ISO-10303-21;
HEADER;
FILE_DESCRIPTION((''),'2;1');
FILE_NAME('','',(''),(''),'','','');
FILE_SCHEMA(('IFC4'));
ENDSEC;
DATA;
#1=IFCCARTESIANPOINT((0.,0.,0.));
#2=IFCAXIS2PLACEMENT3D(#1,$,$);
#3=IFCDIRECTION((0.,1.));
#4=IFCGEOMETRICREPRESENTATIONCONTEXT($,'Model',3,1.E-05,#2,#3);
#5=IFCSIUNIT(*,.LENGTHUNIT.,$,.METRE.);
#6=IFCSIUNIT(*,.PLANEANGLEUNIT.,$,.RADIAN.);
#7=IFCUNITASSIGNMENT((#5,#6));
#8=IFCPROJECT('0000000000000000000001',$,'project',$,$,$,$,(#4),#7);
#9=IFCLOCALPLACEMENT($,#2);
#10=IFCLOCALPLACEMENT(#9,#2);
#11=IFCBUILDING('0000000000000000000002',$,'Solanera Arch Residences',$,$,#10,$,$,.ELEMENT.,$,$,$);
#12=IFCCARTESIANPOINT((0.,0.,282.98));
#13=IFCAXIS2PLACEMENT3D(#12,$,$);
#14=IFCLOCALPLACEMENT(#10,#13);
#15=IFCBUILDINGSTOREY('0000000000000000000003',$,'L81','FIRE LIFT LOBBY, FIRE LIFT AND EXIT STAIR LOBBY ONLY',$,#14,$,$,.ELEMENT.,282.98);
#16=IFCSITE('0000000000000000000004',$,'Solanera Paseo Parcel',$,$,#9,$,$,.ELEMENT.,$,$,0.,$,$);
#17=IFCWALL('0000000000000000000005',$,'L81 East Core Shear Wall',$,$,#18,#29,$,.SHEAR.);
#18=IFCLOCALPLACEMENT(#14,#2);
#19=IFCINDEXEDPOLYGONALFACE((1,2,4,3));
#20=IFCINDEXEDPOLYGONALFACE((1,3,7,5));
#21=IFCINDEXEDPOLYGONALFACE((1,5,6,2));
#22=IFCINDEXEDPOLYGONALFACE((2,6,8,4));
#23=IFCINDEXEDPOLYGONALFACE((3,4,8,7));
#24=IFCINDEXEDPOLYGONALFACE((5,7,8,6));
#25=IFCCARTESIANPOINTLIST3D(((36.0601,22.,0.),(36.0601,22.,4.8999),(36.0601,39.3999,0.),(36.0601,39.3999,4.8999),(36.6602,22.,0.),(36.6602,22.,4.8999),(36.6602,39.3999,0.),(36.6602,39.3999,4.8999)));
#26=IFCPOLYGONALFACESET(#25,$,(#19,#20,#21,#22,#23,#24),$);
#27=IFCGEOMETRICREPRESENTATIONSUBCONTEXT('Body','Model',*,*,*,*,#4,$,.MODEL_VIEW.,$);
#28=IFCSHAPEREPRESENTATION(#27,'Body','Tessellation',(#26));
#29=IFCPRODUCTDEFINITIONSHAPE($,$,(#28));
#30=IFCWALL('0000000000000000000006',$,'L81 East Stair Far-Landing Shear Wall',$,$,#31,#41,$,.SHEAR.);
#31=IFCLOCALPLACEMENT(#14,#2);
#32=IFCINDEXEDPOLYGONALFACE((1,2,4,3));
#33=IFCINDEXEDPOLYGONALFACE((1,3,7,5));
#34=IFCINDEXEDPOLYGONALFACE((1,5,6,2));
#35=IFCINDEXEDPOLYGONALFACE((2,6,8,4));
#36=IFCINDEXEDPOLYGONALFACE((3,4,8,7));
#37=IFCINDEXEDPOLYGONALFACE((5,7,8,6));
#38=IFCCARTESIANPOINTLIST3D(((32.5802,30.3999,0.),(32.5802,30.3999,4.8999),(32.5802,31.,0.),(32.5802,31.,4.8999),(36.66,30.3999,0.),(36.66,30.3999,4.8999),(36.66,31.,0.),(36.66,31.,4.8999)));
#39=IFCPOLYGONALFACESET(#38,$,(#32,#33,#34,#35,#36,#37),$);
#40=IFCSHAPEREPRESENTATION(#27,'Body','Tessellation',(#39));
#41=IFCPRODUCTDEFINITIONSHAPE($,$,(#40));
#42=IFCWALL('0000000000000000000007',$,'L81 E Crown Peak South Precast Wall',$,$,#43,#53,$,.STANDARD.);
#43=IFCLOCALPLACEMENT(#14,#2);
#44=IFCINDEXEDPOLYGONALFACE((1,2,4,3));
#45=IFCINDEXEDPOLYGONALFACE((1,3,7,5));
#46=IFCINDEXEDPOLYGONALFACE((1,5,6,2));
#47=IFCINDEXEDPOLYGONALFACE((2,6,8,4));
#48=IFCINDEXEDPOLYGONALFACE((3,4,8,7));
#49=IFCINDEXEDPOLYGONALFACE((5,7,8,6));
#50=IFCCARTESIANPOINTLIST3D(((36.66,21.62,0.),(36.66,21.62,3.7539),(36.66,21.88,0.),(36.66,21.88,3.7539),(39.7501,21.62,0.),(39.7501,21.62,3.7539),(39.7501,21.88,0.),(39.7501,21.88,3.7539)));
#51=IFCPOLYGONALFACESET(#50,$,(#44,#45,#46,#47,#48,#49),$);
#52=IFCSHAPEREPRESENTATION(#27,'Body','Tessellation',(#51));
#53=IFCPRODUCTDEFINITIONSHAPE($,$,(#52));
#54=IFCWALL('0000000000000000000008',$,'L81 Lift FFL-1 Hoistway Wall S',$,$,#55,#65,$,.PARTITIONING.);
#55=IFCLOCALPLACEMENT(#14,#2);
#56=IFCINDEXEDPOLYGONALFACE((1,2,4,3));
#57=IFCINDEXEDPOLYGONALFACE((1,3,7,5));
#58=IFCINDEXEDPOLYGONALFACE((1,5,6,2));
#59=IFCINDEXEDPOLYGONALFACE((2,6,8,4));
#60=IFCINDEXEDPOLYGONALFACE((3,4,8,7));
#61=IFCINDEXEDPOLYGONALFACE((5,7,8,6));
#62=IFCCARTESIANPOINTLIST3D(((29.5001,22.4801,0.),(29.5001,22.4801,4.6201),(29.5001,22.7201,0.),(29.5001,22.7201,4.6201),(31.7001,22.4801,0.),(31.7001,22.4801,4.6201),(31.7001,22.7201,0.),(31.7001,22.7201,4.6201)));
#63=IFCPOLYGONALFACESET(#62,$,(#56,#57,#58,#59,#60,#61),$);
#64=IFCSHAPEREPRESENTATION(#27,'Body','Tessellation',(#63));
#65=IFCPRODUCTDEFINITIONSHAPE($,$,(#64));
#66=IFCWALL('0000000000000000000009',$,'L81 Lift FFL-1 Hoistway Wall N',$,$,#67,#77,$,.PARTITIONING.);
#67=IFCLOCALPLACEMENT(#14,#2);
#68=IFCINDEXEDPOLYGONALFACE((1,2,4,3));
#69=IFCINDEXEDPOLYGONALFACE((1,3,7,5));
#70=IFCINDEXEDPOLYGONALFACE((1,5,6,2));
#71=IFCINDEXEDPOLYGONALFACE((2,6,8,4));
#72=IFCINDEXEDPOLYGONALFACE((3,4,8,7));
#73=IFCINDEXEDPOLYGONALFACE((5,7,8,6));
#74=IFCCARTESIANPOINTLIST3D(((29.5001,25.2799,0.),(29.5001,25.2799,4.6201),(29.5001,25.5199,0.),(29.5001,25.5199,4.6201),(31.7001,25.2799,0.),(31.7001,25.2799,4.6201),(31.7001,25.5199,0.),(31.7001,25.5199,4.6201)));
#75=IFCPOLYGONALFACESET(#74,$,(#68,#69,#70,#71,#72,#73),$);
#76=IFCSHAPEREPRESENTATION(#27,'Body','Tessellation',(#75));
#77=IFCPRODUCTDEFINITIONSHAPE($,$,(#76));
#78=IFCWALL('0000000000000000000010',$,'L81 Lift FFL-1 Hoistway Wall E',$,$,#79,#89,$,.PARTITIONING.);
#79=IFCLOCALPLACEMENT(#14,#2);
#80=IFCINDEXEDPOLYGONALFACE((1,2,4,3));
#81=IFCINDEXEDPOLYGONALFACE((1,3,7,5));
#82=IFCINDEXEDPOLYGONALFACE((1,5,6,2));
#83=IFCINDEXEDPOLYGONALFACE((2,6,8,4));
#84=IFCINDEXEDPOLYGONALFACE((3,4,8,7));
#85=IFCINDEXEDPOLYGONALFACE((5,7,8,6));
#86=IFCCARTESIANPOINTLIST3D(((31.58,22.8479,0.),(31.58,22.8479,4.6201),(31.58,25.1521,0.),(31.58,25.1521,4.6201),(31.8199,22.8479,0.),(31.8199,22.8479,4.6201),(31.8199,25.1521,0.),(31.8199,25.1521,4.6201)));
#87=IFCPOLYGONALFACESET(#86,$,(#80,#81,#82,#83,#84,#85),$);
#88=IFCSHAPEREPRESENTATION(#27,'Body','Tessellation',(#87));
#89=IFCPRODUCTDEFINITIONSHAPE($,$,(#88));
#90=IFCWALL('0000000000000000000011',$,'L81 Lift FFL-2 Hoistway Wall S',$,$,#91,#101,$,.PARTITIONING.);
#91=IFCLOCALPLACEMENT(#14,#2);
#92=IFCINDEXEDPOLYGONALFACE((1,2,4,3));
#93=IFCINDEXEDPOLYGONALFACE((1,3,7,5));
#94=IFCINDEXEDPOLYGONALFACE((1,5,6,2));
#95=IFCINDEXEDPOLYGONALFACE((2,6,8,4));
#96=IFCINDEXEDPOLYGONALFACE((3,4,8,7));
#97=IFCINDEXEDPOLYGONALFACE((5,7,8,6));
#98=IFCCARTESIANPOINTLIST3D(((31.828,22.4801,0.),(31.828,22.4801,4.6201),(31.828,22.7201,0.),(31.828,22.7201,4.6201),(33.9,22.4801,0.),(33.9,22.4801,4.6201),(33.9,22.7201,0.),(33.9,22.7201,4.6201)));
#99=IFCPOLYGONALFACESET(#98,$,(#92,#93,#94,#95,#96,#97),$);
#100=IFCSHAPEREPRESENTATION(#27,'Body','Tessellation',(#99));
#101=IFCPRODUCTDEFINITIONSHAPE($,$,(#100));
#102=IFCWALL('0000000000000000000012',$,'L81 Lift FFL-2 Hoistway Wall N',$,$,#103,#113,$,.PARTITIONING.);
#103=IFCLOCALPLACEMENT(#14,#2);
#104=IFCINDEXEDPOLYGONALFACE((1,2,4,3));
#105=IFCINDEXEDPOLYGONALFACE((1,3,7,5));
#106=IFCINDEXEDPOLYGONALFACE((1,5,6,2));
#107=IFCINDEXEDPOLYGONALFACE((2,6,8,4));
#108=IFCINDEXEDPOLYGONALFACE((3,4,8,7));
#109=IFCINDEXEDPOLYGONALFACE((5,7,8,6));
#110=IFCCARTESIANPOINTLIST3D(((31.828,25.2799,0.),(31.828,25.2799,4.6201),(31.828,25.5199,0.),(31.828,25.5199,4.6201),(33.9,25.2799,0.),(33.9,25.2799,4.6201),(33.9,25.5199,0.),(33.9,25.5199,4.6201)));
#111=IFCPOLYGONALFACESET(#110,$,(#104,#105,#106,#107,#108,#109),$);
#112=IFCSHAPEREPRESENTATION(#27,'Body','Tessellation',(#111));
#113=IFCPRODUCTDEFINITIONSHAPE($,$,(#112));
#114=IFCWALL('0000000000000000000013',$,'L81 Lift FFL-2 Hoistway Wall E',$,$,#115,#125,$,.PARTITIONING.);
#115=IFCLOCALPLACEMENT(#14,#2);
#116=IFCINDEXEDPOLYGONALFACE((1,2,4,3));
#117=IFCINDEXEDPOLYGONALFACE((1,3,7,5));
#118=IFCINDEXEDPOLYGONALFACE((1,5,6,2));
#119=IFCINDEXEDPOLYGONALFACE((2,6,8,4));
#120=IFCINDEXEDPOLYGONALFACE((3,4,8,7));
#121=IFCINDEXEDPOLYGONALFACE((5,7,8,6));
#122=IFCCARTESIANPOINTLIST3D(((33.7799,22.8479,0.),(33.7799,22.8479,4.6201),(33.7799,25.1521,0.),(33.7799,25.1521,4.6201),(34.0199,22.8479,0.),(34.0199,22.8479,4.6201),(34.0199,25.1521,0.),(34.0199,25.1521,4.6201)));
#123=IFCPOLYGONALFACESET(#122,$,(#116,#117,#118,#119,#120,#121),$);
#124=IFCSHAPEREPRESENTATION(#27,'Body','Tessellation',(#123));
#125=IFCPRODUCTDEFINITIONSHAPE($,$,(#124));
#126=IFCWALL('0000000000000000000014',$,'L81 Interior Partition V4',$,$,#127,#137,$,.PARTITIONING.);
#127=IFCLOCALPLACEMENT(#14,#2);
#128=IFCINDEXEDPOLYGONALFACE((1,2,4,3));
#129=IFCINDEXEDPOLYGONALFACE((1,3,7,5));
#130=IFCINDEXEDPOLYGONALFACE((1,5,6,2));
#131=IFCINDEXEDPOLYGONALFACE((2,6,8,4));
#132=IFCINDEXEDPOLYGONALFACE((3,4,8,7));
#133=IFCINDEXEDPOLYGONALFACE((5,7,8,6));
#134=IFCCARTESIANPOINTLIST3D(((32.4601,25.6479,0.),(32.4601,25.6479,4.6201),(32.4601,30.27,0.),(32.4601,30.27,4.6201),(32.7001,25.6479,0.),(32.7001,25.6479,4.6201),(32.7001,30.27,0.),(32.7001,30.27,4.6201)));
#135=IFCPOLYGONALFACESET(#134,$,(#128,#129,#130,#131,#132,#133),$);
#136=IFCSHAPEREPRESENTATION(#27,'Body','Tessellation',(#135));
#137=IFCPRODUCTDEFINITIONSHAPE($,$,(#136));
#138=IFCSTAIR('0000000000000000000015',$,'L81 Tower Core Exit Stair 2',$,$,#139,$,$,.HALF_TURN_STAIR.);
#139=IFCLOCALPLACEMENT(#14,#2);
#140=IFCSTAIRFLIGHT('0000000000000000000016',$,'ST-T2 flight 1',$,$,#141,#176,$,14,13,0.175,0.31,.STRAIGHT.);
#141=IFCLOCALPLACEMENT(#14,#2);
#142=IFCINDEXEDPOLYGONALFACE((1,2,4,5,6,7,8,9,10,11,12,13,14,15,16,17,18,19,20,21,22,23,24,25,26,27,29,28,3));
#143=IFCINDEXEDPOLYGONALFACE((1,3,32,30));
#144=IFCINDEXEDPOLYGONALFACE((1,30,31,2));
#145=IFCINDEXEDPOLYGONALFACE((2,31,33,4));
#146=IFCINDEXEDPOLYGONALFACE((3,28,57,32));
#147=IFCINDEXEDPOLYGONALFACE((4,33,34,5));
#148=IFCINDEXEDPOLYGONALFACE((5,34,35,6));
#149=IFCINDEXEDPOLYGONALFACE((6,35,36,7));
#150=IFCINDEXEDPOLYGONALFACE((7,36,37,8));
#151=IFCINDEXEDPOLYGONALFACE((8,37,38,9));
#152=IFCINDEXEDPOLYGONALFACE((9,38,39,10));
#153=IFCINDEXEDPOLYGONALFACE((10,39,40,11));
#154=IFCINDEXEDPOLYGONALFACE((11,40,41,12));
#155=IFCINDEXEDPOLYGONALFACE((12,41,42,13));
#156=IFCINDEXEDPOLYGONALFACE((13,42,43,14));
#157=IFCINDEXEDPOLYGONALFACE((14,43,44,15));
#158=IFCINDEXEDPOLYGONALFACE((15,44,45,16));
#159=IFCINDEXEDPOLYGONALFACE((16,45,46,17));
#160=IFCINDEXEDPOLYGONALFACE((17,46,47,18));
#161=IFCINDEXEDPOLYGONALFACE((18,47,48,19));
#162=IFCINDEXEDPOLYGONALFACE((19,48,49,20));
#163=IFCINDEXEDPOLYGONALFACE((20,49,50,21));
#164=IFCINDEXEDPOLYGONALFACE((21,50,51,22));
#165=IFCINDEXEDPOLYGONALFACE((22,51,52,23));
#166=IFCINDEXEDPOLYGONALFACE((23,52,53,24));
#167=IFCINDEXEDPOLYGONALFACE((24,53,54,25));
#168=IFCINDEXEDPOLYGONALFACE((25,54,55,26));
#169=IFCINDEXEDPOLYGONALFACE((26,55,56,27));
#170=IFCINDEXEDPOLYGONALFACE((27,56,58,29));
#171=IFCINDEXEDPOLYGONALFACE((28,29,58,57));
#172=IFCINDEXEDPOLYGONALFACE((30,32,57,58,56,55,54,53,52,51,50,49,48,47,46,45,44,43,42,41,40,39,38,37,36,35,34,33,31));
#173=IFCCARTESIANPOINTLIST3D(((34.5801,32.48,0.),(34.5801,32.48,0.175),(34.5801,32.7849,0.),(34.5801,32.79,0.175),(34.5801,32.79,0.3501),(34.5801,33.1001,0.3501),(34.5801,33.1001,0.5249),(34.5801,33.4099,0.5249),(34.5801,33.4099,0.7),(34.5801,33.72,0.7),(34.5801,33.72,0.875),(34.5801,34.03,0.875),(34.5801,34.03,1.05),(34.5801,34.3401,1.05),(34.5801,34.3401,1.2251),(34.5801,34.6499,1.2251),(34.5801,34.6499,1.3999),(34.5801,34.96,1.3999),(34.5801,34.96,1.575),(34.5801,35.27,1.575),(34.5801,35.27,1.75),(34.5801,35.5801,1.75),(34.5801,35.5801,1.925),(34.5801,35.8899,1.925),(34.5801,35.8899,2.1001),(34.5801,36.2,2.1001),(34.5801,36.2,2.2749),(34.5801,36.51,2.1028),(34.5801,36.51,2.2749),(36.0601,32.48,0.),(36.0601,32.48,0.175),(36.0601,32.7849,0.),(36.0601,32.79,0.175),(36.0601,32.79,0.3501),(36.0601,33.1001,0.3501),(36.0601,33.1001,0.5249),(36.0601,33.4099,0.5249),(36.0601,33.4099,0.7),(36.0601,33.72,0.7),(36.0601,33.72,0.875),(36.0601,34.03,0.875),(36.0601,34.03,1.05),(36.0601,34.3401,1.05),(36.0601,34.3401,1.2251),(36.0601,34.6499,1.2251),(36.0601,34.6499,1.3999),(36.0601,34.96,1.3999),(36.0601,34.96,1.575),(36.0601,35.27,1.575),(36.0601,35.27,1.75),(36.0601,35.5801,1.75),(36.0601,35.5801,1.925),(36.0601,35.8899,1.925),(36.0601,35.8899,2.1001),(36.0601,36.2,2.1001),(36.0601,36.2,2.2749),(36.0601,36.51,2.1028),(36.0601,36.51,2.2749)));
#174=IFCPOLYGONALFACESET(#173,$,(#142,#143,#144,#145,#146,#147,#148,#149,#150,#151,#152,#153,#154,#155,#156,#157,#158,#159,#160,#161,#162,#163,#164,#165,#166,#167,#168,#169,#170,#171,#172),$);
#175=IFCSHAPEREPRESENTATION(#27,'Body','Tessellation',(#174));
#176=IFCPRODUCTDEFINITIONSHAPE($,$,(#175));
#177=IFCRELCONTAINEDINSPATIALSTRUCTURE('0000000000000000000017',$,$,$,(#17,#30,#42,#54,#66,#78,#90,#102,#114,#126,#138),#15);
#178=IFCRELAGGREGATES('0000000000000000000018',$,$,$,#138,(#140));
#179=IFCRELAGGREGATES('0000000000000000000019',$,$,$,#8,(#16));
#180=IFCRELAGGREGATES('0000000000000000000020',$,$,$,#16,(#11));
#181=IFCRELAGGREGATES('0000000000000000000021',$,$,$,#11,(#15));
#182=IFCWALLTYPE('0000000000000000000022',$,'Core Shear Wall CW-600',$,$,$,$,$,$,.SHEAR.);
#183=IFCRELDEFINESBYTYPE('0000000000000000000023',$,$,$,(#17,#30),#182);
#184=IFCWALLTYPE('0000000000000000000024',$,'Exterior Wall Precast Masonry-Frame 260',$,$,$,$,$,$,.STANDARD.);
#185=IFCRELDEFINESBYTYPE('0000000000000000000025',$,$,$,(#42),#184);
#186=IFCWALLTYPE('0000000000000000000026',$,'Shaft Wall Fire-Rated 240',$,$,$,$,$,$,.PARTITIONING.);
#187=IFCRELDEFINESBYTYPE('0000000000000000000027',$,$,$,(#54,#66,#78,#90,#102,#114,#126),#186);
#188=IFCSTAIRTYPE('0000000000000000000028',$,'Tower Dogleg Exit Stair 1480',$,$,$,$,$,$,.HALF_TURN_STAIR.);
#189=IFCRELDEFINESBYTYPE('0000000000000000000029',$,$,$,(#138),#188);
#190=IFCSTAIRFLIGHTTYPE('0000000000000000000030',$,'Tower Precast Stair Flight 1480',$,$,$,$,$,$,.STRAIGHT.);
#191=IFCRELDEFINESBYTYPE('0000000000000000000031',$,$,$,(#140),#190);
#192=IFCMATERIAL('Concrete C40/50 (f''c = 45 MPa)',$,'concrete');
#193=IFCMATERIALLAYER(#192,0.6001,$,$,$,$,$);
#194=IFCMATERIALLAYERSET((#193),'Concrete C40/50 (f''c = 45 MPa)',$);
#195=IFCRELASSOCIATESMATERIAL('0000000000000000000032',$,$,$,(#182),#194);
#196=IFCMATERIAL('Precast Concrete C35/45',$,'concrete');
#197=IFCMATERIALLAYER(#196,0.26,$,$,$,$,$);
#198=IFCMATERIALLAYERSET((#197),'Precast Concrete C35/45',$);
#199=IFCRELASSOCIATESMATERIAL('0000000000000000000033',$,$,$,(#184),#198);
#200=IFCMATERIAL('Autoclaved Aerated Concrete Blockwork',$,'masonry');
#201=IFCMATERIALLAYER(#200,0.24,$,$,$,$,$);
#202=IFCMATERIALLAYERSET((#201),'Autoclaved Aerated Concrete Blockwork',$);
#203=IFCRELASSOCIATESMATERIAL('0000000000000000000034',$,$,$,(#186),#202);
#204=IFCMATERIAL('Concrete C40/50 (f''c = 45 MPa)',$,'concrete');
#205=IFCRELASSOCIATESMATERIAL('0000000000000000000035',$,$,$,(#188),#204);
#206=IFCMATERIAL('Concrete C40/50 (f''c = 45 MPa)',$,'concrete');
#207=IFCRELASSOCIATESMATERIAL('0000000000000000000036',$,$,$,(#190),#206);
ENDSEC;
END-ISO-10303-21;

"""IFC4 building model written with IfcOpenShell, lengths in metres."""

from ifc_helpers import new_model, si_unit, direction, frame, frame_2d, origin, place, context, subcontext, project, spatial, polyline, rectangle, outline, extrude, material, layer, layer_set, type_object, element, aggregate, save


model = new_model("IFC4")

# Units and contexts
model_context = context("Model", 3, precision=1e-05, world=origin(), true_north=direction((0.0, 1.0)))
body_context = subcontext(model_context, "Body", "Model", "MODEL_VIEW")
ifc_project = project(units=[si_unit("LENGTHUNIT", "METRE"), si_unit("PLANEANGLEUNIT", "RADIAN")], contexts=[model_context])

# Site, building, storey
site_placement = place(None, origin())
site = spatial("IfcSite", under=ifc_project, at=site_placement, Name="Solanera Paseo Parcel", CompositionType="ELEMENT", RefElevation=0.0)
building_placement = place(site_placement, origin())
building = spatial("IfcBuilding", under=site, at=building_placement, Name="Solanera Arch Residences", CompositionType="ELEMENT")
storey_placement = place(building_placement, frame((0.0, 0.0, 282.98)))
storey = spatial("IfcBuildingStorey", under=building, at=storey_placement, Name="L81", Description="FIRE LIFT LOBBY, FIRE LIFT AND EXIT STAIR LOBBY ONLY", CompositionType="ELEMENT", Elevation=282.98)

# Walls
ifc_material_1 = material(Name="Concrete C40/50 (f'c = 45 MPa)", Category="concrete")
ifc_layer_1 = layer(ifc_material_1, 0.6001)
ifc_layer_set_1 = layer_set([ifc_layer_1], Name="Concrete C40/50 (f'c = 45 MPa)")
wall_type_1 = type_object("IfcWallType", Name="Core Shear Wall CW-600", PredefinedType="SHEAR", material=ifc_layer_set_1)
wall_1_placement = place(storey_placement, frame((36.3601, 22.0, 0.0), z_axis=(0.0, 0.0, 1.0), x_axis=(0.0, 1.0, 0.0)))
element("IfcWall", 1, at=wall_1_placement, inside=storey, type_object=wall_type_1, Name="L81 East Core Shear Wall", PredefinedType="SHEAR", context=body_context, shape_type="SweptSolid", body=[
    extrude(rectangle(XDim=17.3999, YDim=0.6001, at=frame_2d((8.7, 0.0))), origin(), (0.0, 0.0, 1.0), 4.8999),
])
wall_2_placement = place(storey_placement, frame((32.5801, 30.7, 0.0), z_axis=(0.0, 0.0, 1.0), x_axis=(1.0, 0.0, 0.0)))
element("IfcWall", 2, at=wall_2_placement, inside=storey, type_object=wall_type_1, Name="L81 East Stair Far-Landing Shear Wall", PredefinedType="SHEAR", context=body_context, shape_type="SweptSolid", body=[
    extrude(rectangle(XDim=4.0798, YDim=0.6001, at=frame_2d((2.04, 0.0))), origin(), (0.0, 0.0, 1.0), 4.8999),
])
ifc_material_2 = material(Name="Precast Concrete C35/45", Category="concrete")
ifc_layer_2 = layer(ifc_material_2, 0.26)
ifc_layer_set_2 = layer_set([ifc_layer_2], Name="Precast Concrete C35/45")
wall_type_2 = type_object("IfcWallType", Name="Exterior Wall Precast Masonry-Frame 260", PredefinedType="STANDARD", material=ifc_layer_set_2)
wall_3_placement = place(storey_placement, frame((39.75, 21.75, 0.0), z_axis=(0.0, 0.0, 1.0), x_axis=(-1.0, 0.0, 0.0)))
element("IfcWall", 3, at=wall_3_placement, inside=storey, type_object=wall_type_2, Name="L81 E Crown Peak South Precast Wall", PredefinedType="STANDARD", context=body_context, shape_type="SweptSolid", body=[
    extrude(rectangle(XDim=3.0901, YDim=0.26, at=frame_2d((1.5449, 0.0))), origin(), (0.0, 0.0, 1.0), 3.7539),
])
ifc_material_3 = material(Name="Autoclaved Aerated Concrete Blockwork", Category="masonry")
ifc_layer_3 = layer(ifc_material_3, 0.24)
ifc_layer_set_3 = layer_set([ifc_layer_3], Name="Autoclaved Aerated Concrete Blockwork")
wall_type_3 = type_object("IfcWallType", Name="Shaft Wall Fire-Rated 240", PredefinedType="PARTITIONING", material=ifc_layer_set_3)
for number, where, z_axis, x_axis, name in (
    (4, (29.5, 22.6001, 0.0), (0.0, 0.0, 1.0), (1.0, 0.0, 0.0), "L81 Lift FFL-1 Hoistway Wall S"),
    (5, (29.5, 25.3999, 0.0), (0.0, 0.0, 1.0), (1.0, 0.0, 0.0), "L81 Lift FFL-1 Hoistway Wall N"),
):
    element("IfcWall", number, at=place(storey_placement, frame(where, z_axis=z_axis, x_axis=x_axis)), inside=storey, type_object=wall_type_3, Name=name, PredefinedType="PARTITIONING", context=body_context, shape_type="SweptSolid", body=[
        extrude(rectangle(XDim=2.2, YDim=0.24, at=frame_2d((1.1001, 0.0))), origin(), (0.0, 0.0, 1.0), 4.6201),
    ])
wall_4_placement = place(storey_placement, frame((31.7, 22.8479, 0.0), z_axis=(0.0, 0.0, 1.0), x_axis=(0.0, 1.0, 0.0)))
element("IfcWall", 6, at=wall_4_placement, inside=storey, type_object=wall_type_3, Name="L81 Lift FFL-1 Hoistway Wall E", PredefinedType="PARTITIONING", context=body_context, shape_type="SweptSolid", body=[
    extrude(rectangle(XDim=2.3042, YDim=0.24, at=frame_2d((1.1521, 0.0))), origin(), (0.0, 0.0, 1.0), 4.6201),
])
for number, where, z_axis, x_axis, name in (
    (7, (31.8279, 22.6001, 0.0), (0.0, 0.0, 1.0), (1.0, 0.0, 0.0), "L81 Lift FFL-2 Hoistway Wall S"),
    (8, (31.8279, 25.3999, 0.0), (0.0, 0.0, 1.0), (1.0, 0.0, 0.0), "L81 Lift FFL-2 Hoistway Wall N"),
):
    element("IfcWall", number, at=place(storey_placement, frame(where, z_axis=z_axis, x_axis=x_axis)), inside=storey, type_object=wall_type_3, Name=name, PredefinedType="PARTITIONING", context=body_context, shape_type="SweptSolid", body=[
        extrude(rectangle(XDim=2.072, YDim=0.24, at=frame_2d((1.0361, 0.0))), origin(), (0.0, 0.0, 1.0), 4.6201),
    ])
wall_5_placement = place(storey_placement, frame((33.8999, 22.8479, 0.0), z_axis=(0.0, 0.0, 1.0), x_axis=(0.0, 1.0, 0.0)))
element("IfcWall", 9, at=wall_5_placement, inside=storey, type_object=wall_type_3, Name="L81 Lift FFL-2 Hoistway Wall E", PredefinedType="PARTITIONING", context=body_context, shape_type="SweptSolid", body=[
    extrude(rectangle(XDim=2.3042, YDim=0.24, at=frame_2d((1.1521, 0.0))), origin(), (0.0, 0.0, 1.0), 4.6201),
])
wall_6_placement = place(storey_placement, frame((32.5801, 25.6479, 0.0), z_axis=(0.0, 0.0, 1.0), x_axis=(0.0, 1.0, 0.0)))
element("IfcWall", 10, at=wall_6_placement, inside=storey, type_object=wall_type_3, Name="L81 Interior Partition V4", PredefinedType="PARTITIONING", context=body_context, shape_type="SweptSolid", body=[
    extrude(rectangle(XDim=4.6221, YDim=0.24, at=frame_2d((2.311, 0.0))), origin(), (0.0, 0.0, 1.0), 4.6201),
])

# Stair, stair flight
ifc_material_4 = material(Name="Concrete C40/50 (f'c = 45 MPa)", Category="concrete")
stair_type = type_object("IfcStairType", Name="Tower Dogleg Exit Stair 1480", PredefinedType="HALF_TURN_STAIR", material=ifc_material_4)
stair_placement = place(storey_placement, origin())
stair = element("IfcStair", 11, at=stair_placement, inside=storey, type_object=stair_type, Name="L81 Tower Core Exit Stair 2", PredefinedType="HALF_TURN_STAIR")
ifc_material_5 = material(Name="Concrete C40/50 (f'c = 45 MPa)", Category="concrete")
stair_flight_type = type_object("IfcStairFlightType", Name="Tower Precast Stair Flight 1480", PredefinedType="STRAIGHT", material=ifc_material_5)
stair_flight_placement = place(storey_placement, frame((35.3201, 32.48, 0.0), z_axis=(0.0, 0.0, 1.0), x_axis=(0.0, 1.0, 0.0)))
stair_flight = element("IfcStairFlight", 12, at=stair_flight_placement, type_object=stair_flight_type, Name="ST-T2 flight 1", NumberOfRisers=14, NumberOfTreads=13, PredefinedType="STRAIGHT", RiserHeight=0.175, TreadLength=0.31, context=body_context, shape_type="SweptSolid", body=[
    extrude(outline(polyline([(0.0, 0.0), (0.0, 0.175), (0.3101, 0.175), (0.3101, 0.3501), (0.6201, 0.3501), (0.6201, 0.5249), (0.9299, 0.5249), (0.9299, 0.7), (1.24, 0.7), (1.24, 0.875), (1.55, 0.875), (1.55, 1.05), (1.8601, 1.05), (1.8601, 1.2251), (2.1699, 1.2251), (2.1699, 1.3999), (2.48, 1.3999), (2.48, 1.575), (2.79, 1.575), (2.79, 1.75), (3.1001, 1.75), (3.1001, 1.925), (3.4099, 1.925), (3.4099, 2.1001), (3.72, 2.1001), (3.72, 2.2749), (4.03, 2.2749), (4.03, 2.45), (4.03, 2.1028), (0.3049, 0.0), (0.0, 0.0)])), frame((0.0, 0.74, 0.0), z_axis=(0.0, -1.0, 0.0), x_axis=(1.0, 0.0, 0.0)), (0.0, 0.0, 1.0), 1.48),
])
aggregate(stair, [stair_flight])

save(model, "model.ifc")
